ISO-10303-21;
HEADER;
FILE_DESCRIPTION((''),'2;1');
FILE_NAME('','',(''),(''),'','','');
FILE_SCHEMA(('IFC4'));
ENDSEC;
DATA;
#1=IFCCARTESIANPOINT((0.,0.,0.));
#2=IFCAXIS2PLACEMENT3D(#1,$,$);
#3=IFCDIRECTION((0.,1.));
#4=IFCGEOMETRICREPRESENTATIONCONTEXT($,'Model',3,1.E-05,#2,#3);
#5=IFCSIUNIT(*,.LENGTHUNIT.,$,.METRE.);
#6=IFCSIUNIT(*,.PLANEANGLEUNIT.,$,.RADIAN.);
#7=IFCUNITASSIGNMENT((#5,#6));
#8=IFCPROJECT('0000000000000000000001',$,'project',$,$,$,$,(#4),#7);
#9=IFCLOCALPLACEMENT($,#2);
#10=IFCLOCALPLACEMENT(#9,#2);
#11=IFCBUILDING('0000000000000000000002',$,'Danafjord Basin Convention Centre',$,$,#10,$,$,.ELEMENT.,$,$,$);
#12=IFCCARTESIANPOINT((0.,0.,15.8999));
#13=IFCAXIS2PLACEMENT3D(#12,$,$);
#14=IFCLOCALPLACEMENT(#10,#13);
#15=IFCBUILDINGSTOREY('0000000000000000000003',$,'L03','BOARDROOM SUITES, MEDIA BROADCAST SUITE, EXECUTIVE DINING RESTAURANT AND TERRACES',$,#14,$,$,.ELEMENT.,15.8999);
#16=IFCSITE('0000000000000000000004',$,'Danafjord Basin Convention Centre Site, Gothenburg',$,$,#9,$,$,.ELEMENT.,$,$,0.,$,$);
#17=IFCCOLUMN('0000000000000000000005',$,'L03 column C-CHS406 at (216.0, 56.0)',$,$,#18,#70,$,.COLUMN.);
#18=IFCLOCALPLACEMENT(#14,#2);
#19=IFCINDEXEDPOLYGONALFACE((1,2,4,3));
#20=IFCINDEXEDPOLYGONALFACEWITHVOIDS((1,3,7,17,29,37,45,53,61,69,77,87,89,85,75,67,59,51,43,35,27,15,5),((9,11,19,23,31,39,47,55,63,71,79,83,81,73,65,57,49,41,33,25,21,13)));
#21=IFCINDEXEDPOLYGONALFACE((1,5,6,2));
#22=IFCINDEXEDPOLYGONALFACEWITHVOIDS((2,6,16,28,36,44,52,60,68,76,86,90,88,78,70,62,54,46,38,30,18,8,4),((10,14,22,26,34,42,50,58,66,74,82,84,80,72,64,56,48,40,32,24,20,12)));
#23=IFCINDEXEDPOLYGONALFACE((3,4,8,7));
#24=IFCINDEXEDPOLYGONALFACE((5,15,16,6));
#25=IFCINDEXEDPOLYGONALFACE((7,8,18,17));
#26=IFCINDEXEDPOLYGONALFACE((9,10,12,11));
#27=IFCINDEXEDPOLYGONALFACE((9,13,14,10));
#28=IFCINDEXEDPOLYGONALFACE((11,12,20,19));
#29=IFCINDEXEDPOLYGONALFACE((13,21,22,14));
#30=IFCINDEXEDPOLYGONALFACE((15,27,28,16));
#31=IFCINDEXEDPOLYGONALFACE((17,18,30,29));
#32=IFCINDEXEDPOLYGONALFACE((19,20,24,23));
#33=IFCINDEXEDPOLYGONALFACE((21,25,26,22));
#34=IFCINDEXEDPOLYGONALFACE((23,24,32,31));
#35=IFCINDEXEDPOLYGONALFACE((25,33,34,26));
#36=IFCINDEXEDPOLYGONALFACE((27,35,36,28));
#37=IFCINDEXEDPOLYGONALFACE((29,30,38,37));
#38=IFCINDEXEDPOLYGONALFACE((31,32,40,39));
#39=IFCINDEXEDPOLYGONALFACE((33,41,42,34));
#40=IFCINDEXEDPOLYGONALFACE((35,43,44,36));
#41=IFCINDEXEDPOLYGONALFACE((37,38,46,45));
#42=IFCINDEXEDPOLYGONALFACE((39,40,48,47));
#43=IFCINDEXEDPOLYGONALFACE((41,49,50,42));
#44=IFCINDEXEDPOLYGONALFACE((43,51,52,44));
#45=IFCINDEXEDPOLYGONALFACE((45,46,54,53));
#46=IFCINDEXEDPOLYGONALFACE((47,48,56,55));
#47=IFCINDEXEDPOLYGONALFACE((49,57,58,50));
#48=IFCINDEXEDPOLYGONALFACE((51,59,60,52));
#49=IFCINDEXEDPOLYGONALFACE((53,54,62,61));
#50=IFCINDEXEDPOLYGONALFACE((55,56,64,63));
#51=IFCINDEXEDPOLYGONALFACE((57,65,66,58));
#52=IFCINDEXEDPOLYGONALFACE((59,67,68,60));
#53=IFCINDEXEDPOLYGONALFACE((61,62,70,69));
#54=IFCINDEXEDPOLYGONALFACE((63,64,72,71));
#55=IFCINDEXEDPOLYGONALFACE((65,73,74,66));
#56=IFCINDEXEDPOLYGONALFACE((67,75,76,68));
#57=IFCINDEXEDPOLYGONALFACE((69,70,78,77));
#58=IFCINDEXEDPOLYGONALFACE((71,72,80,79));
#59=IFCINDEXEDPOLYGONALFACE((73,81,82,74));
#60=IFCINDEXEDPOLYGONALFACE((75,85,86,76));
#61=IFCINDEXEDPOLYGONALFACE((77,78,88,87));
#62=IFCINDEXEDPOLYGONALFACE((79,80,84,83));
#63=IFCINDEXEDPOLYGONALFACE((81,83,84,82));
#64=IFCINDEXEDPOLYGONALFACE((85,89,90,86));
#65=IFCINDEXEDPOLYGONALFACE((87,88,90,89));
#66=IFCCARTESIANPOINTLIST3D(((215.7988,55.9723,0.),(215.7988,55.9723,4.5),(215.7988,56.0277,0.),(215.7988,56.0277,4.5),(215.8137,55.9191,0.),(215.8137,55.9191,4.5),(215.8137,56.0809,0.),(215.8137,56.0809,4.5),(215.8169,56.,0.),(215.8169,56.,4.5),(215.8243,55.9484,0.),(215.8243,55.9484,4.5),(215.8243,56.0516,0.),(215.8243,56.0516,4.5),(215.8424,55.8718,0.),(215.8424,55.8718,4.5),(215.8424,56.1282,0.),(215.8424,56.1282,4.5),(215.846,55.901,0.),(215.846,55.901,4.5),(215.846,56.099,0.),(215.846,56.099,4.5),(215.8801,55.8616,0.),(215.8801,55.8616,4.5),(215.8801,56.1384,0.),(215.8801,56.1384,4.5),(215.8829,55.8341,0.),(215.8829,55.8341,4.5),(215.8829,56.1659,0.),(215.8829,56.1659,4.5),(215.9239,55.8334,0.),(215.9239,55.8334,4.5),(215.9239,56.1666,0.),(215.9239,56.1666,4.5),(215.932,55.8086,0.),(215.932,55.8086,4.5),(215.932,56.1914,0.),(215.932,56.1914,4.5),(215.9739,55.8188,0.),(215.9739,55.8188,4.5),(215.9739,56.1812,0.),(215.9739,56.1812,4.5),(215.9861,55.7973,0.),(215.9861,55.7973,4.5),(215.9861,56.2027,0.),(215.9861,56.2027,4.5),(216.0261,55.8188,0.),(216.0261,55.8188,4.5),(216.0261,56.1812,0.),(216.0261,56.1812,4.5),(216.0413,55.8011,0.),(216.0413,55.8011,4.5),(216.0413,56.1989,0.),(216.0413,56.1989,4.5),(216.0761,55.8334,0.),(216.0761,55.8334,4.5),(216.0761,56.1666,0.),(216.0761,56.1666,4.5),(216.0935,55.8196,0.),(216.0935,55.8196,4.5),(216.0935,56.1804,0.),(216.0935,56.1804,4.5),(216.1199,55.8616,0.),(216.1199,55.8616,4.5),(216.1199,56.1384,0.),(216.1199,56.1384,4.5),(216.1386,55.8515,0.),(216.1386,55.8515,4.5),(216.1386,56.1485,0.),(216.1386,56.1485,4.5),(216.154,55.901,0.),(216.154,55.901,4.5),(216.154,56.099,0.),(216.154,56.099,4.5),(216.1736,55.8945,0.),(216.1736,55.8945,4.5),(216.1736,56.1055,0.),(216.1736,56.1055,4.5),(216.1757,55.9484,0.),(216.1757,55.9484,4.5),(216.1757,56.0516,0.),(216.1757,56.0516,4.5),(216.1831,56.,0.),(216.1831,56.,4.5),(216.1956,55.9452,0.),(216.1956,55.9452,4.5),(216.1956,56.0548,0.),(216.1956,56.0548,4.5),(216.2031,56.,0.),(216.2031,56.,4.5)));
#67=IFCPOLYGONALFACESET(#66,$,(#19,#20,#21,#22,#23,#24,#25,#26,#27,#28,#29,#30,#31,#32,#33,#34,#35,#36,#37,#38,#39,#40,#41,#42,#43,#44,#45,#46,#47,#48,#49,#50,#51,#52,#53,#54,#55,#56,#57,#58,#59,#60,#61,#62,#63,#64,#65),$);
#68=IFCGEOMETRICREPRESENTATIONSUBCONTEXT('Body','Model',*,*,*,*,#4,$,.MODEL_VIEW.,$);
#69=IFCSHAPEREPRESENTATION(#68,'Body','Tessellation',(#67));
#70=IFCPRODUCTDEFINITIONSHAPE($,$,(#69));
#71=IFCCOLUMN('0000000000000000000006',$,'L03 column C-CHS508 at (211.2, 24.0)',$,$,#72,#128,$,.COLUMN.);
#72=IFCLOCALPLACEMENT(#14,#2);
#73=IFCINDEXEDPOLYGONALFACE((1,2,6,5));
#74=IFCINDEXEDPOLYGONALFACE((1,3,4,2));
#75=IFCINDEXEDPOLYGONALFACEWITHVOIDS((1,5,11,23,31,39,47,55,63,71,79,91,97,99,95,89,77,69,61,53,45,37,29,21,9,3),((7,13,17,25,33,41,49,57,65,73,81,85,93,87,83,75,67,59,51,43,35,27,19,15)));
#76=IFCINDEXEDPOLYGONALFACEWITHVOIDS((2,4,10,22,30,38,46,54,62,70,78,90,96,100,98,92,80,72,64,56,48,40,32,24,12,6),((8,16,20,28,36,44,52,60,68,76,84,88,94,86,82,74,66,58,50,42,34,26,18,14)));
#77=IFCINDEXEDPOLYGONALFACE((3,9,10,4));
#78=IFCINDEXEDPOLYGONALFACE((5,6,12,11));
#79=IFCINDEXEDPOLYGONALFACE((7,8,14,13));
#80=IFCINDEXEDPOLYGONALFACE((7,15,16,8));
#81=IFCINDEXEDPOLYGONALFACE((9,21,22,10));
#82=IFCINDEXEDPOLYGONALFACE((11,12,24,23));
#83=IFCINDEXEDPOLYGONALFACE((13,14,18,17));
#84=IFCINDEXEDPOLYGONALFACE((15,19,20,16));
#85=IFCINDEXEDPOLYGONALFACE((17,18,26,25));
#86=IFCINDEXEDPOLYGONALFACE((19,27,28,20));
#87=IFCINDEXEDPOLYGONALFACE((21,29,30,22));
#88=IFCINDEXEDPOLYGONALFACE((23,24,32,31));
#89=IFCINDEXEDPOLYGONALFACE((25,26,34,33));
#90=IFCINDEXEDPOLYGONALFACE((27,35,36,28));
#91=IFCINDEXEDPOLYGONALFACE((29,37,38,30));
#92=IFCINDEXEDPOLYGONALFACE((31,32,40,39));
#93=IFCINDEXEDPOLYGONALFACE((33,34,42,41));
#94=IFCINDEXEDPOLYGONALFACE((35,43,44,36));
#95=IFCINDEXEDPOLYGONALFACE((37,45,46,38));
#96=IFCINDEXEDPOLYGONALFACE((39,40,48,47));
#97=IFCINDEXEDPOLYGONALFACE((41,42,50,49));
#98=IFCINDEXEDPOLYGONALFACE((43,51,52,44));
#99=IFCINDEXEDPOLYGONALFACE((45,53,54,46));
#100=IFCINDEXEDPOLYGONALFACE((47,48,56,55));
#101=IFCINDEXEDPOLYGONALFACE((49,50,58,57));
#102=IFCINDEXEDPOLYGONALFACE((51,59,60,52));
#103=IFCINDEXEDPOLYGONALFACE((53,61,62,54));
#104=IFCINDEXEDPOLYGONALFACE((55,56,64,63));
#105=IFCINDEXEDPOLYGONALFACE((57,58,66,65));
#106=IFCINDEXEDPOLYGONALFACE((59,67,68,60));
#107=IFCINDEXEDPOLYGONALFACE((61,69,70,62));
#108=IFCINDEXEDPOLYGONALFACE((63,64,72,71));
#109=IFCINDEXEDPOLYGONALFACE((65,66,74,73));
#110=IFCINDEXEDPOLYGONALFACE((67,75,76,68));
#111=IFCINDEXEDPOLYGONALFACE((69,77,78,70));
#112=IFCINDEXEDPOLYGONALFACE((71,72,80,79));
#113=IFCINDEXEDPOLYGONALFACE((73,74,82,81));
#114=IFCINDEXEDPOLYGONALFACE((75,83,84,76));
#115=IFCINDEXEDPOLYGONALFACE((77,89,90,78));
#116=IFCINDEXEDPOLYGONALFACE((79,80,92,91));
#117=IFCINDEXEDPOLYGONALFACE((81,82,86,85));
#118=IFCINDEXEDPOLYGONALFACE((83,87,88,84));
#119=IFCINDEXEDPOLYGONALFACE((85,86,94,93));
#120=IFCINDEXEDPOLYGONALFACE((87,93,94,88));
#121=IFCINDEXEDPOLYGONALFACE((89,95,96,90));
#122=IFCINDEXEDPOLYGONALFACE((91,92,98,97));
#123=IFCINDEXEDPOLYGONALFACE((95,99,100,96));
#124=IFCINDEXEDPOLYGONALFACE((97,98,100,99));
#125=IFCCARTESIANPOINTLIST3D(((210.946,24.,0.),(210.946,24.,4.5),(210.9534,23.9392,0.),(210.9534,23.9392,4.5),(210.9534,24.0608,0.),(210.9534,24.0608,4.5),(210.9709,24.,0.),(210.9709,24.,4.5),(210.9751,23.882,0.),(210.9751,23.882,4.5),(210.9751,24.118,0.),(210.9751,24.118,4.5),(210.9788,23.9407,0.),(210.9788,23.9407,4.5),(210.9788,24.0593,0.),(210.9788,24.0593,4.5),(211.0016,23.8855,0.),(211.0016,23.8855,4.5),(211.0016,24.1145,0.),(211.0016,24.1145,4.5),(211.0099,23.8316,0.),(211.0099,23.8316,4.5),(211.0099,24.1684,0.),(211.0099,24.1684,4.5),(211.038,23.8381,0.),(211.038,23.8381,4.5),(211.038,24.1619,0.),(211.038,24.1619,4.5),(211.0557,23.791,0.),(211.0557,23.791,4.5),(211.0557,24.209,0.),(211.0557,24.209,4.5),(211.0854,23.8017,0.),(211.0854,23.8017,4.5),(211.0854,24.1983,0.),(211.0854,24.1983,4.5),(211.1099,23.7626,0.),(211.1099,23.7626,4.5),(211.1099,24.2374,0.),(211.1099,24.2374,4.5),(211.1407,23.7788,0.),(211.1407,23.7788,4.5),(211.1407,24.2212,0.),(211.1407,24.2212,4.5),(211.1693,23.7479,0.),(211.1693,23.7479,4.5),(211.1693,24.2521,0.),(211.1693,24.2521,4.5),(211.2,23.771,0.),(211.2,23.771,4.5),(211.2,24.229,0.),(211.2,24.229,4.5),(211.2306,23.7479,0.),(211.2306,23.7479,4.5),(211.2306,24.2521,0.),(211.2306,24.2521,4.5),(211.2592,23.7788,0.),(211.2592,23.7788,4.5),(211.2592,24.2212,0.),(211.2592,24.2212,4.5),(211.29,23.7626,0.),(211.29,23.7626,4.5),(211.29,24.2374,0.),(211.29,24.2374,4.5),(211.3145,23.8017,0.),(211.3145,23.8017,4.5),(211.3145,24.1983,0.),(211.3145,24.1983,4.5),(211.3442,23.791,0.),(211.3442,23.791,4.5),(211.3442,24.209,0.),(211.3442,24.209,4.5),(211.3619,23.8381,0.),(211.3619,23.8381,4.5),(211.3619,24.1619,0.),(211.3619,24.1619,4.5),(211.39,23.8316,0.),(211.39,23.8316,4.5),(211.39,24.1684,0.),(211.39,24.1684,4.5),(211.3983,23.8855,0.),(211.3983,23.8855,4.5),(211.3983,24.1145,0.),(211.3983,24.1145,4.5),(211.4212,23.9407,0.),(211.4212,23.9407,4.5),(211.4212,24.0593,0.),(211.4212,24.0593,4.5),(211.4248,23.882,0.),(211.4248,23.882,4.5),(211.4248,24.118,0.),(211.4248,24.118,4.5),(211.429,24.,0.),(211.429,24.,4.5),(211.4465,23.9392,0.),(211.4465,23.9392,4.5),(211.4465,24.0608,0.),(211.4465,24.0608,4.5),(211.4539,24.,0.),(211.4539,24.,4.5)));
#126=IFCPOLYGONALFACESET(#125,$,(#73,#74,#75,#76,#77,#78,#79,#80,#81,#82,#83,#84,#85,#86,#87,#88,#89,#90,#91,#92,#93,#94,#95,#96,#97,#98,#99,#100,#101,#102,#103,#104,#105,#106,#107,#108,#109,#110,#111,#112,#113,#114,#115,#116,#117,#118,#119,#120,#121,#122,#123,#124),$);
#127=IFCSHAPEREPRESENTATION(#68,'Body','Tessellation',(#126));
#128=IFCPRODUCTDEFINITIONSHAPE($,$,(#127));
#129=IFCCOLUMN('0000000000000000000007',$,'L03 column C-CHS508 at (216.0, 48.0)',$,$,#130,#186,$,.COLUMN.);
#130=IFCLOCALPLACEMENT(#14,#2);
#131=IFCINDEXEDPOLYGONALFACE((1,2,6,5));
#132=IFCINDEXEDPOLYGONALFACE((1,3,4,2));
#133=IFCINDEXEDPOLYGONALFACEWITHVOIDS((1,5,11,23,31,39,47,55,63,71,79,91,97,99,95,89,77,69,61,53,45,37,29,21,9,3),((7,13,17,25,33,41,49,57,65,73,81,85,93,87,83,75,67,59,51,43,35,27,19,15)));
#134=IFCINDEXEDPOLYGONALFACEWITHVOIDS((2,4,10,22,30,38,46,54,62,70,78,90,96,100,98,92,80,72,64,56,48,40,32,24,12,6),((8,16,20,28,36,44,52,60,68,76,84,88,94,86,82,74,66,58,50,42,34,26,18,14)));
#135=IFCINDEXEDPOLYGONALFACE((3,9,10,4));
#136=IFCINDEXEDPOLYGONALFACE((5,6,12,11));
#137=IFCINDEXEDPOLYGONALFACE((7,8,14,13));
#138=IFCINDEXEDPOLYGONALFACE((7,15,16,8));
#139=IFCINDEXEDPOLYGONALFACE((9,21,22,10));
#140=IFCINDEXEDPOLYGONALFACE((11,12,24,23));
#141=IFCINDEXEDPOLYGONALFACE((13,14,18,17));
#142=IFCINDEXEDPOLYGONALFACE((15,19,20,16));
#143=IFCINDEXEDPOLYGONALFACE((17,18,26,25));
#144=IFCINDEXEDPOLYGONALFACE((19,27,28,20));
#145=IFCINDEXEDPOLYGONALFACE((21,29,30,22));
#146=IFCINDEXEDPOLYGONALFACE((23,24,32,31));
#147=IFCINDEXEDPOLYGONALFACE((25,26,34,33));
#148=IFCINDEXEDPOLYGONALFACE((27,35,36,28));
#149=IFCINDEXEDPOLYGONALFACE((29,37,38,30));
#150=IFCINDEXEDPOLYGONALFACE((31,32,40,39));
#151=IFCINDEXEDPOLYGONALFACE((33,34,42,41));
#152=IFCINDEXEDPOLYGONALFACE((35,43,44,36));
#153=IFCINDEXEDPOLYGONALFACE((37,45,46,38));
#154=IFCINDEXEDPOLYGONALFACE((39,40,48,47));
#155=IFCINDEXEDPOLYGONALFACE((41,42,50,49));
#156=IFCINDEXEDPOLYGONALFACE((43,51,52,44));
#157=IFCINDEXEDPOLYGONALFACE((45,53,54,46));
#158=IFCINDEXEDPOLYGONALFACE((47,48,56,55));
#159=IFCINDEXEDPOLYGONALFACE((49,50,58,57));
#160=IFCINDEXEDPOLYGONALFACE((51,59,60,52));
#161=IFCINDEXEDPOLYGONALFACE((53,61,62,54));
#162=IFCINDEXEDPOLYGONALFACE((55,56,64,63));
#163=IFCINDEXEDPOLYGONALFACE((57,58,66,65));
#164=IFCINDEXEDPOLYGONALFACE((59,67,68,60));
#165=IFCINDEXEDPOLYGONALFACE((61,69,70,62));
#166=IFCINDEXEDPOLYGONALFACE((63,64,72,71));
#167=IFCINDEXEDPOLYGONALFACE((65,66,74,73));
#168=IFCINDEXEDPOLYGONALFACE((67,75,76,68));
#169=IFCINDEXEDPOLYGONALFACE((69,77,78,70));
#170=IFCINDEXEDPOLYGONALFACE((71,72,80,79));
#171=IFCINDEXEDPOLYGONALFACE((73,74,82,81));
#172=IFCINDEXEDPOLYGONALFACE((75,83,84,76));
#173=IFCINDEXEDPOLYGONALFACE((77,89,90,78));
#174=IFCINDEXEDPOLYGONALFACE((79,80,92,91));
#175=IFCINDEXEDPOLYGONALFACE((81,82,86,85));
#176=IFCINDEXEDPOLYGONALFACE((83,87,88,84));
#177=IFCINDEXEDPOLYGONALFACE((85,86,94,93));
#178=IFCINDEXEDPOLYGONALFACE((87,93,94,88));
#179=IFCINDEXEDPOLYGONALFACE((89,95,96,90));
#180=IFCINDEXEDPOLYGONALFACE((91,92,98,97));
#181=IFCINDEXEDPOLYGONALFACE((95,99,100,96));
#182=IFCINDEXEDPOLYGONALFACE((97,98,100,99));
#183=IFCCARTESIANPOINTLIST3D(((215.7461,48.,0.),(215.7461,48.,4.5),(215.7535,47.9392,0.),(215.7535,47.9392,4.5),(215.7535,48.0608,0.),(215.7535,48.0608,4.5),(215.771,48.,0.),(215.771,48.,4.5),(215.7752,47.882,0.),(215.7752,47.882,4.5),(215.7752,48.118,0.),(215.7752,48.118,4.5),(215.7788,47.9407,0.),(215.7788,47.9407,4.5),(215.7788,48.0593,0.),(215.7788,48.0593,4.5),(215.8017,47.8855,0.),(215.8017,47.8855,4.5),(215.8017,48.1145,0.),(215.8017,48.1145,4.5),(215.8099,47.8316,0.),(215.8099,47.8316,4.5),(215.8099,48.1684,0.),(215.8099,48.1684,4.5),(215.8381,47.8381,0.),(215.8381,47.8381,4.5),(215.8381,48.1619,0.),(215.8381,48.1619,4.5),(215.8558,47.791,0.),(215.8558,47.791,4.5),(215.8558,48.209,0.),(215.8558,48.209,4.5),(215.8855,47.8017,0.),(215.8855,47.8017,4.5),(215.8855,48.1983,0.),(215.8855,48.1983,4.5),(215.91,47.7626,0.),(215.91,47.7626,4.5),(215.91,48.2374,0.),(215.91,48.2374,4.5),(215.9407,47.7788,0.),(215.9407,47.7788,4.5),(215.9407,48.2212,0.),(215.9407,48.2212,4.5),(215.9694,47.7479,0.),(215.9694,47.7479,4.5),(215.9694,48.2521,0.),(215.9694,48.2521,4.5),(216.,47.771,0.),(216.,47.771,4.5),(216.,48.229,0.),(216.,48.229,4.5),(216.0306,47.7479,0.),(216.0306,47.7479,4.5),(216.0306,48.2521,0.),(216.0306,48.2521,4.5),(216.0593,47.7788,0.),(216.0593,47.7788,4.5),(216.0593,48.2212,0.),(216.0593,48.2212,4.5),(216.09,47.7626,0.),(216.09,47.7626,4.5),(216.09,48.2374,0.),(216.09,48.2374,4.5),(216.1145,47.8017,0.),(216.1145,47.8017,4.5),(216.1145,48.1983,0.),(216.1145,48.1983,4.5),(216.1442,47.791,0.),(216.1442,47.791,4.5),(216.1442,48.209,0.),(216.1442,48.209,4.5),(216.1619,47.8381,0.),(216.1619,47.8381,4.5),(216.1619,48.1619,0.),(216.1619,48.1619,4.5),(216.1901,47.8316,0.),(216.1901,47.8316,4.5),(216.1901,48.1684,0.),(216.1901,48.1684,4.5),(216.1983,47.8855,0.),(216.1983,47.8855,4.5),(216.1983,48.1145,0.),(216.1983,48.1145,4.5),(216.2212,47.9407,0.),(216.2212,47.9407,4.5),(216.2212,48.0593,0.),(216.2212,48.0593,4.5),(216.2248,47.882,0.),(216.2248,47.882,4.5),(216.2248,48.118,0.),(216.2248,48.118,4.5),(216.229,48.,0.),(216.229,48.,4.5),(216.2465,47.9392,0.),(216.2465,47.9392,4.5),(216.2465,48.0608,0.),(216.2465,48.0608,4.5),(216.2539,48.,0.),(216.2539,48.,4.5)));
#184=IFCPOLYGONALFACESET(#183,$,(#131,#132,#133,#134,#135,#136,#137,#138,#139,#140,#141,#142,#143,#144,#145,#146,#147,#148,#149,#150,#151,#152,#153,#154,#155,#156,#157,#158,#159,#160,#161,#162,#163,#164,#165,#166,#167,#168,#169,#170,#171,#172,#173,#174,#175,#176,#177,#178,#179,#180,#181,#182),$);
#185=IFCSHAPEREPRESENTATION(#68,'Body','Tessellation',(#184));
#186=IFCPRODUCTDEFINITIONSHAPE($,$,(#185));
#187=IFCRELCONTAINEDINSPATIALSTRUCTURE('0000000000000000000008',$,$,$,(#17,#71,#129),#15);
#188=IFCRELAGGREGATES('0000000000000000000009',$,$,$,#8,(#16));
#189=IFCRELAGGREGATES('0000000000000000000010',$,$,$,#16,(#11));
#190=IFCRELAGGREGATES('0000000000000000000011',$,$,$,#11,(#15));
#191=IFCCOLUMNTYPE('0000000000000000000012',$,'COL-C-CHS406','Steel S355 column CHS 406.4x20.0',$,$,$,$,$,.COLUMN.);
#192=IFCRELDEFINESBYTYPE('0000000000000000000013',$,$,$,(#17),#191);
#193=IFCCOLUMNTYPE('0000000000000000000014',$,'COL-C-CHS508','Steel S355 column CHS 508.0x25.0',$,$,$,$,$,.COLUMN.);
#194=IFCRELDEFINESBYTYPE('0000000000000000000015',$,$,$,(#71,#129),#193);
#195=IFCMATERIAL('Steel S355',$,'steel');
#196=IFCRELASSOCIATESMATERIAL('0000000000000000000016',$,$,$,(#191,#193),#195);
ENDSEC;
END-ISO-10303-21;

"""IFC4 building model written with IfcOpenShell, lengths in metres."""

from ifc_helpers import new_model, si_unit, direction, frame, origin, origin_2d, place, context, subcontext, project, spatial, hollow_circle, extrude, material, material_profile, profile_set, type_object, element, save


model = new_model("IFC4")

# Units and contexts
model_context = context("Model", 3, precision=1e-05, world=origin(), true_north=direction((0.0, 1.0)))
body_context = subcontext(model_context, "Body", "Model", "MODEL_VIEW")
ifc_project = project(units=[si_unit("LENGTHUNIT", "METRE"), si_unit("PLANEANGLEUNIT", "RADIAN")], contexts=[model_context])

# Site, building, storey
site_placement = place(None, origin())
site = spatial("IfcSite", under=ifc_project, at=site_placement, Name="Danafjord Basin Convention Centre Site, Gothenburg", CompositionType="ELEMENT", RefElevation=0.0)
building_placement = place(site_placement, origin())
building = spatial("IfcBuilding", under=site, at=building_placement, Name="Danafjord Basin Convention Centre", CompositionType="ELEMENT")
storey_placement = place(building_placement, frame((0.0, 0.0, 15.8999)))
storey = spatial("IfcBuildingStorey", under=building, at=storey_placement, Name="L03", Description="BOARDROOM SUITES, MEDIA BROADCAST SUITE, EXECUTIVE DINING RESTAURANT AND TERRACES", CompositionType="ELEMENT", Elevation=15.8999)

# Columns
ifc_material_1 = material(Name="Steel S355", Category="steel")
ifc_material_profile_1 = material_profile(ifc_material_1, hollow_circle(Radius=0.2031, WallThickness=0.02, at=origin_2d()), Name="CHS 406.4x20.0")
ifc_profile_set_1 = profile_set([ifc_material_profile_1], Name="Steel S355")
column_type_1 = type_object("IfcColumnType", Name="COL-C-CHS406", Description="Steel S355 column CHS 406.4x20.0", PredefinedType="COLUMN", material=ifc_profile_set_1)
column_1_placement = place(storey_placement, frame((216.0, 56.0, 0.0), z_axis=(0.0, 0.0, 1.0), x_axis=(1.0, 0.0, 0.0)))
element("IfcColumn", 1, at=column_1_placement, inside=storey, type_object=column_type_1, Name="L03 column C-CHS406 at (216.0, 56.0)", PredefinedType="COLUMN", context=body_context, shape_type="SweptSolid", body=[
    extrude(hollow_circle(Radius=0.2031, WallThickness=0.02, at=origin_2d()), origin(), (0.0, 0.0, 1.0), 4.5),
])
ifc_material_profile_2 = material_profile(ifc_material_1, hollow_circle(Radius=0.2539, WallThickness=0.0249, at=origin_2d()), Name="CHS 508.0x25.0")
ifc_profile_set_2 = profile_set([ifc_material_profile_2], Name="Steel S355")
column_type_2 = type_object("IfcColumnType", Name="COL-C-CHS508", Description="Steel S355 column CHS 508.0x25.0", PredefinedType="COLUMN", material=ifc_profile_set_2)
for number, where, z_axis, x_axis, name in (
    (2, (211.2, 24.0, 0.0), (0.0, 0.0, 1.0), (1.0, 0.0, 0.0), "L03 column C-CHS508 at (211.2, 24.0)"),
    (3, (216.0, 48.0, 0.0), (0.0, 0.0, 1.0), (1.0, 0.0, 0.0), "L03 column C-CHS508 at (216.0, 48.0)"),
):
    element("IfcColumn", number, at=place(storey_placement, frame(where, z_axis=z_axis, x_axis=x_axis)), inside=storey, type_object=column_type_2, Name=name, PredefinedType="COLUMN", context=body_context, shape_type="SweptSolid", body=[
        extrude(hollow_circle(Radius=0.2539, WallThickness=0.0249, at=origin_2d()), origin(), (0.0, 0.0, 1.0), 4.5),
    ])

save(model, "model.ifc")
